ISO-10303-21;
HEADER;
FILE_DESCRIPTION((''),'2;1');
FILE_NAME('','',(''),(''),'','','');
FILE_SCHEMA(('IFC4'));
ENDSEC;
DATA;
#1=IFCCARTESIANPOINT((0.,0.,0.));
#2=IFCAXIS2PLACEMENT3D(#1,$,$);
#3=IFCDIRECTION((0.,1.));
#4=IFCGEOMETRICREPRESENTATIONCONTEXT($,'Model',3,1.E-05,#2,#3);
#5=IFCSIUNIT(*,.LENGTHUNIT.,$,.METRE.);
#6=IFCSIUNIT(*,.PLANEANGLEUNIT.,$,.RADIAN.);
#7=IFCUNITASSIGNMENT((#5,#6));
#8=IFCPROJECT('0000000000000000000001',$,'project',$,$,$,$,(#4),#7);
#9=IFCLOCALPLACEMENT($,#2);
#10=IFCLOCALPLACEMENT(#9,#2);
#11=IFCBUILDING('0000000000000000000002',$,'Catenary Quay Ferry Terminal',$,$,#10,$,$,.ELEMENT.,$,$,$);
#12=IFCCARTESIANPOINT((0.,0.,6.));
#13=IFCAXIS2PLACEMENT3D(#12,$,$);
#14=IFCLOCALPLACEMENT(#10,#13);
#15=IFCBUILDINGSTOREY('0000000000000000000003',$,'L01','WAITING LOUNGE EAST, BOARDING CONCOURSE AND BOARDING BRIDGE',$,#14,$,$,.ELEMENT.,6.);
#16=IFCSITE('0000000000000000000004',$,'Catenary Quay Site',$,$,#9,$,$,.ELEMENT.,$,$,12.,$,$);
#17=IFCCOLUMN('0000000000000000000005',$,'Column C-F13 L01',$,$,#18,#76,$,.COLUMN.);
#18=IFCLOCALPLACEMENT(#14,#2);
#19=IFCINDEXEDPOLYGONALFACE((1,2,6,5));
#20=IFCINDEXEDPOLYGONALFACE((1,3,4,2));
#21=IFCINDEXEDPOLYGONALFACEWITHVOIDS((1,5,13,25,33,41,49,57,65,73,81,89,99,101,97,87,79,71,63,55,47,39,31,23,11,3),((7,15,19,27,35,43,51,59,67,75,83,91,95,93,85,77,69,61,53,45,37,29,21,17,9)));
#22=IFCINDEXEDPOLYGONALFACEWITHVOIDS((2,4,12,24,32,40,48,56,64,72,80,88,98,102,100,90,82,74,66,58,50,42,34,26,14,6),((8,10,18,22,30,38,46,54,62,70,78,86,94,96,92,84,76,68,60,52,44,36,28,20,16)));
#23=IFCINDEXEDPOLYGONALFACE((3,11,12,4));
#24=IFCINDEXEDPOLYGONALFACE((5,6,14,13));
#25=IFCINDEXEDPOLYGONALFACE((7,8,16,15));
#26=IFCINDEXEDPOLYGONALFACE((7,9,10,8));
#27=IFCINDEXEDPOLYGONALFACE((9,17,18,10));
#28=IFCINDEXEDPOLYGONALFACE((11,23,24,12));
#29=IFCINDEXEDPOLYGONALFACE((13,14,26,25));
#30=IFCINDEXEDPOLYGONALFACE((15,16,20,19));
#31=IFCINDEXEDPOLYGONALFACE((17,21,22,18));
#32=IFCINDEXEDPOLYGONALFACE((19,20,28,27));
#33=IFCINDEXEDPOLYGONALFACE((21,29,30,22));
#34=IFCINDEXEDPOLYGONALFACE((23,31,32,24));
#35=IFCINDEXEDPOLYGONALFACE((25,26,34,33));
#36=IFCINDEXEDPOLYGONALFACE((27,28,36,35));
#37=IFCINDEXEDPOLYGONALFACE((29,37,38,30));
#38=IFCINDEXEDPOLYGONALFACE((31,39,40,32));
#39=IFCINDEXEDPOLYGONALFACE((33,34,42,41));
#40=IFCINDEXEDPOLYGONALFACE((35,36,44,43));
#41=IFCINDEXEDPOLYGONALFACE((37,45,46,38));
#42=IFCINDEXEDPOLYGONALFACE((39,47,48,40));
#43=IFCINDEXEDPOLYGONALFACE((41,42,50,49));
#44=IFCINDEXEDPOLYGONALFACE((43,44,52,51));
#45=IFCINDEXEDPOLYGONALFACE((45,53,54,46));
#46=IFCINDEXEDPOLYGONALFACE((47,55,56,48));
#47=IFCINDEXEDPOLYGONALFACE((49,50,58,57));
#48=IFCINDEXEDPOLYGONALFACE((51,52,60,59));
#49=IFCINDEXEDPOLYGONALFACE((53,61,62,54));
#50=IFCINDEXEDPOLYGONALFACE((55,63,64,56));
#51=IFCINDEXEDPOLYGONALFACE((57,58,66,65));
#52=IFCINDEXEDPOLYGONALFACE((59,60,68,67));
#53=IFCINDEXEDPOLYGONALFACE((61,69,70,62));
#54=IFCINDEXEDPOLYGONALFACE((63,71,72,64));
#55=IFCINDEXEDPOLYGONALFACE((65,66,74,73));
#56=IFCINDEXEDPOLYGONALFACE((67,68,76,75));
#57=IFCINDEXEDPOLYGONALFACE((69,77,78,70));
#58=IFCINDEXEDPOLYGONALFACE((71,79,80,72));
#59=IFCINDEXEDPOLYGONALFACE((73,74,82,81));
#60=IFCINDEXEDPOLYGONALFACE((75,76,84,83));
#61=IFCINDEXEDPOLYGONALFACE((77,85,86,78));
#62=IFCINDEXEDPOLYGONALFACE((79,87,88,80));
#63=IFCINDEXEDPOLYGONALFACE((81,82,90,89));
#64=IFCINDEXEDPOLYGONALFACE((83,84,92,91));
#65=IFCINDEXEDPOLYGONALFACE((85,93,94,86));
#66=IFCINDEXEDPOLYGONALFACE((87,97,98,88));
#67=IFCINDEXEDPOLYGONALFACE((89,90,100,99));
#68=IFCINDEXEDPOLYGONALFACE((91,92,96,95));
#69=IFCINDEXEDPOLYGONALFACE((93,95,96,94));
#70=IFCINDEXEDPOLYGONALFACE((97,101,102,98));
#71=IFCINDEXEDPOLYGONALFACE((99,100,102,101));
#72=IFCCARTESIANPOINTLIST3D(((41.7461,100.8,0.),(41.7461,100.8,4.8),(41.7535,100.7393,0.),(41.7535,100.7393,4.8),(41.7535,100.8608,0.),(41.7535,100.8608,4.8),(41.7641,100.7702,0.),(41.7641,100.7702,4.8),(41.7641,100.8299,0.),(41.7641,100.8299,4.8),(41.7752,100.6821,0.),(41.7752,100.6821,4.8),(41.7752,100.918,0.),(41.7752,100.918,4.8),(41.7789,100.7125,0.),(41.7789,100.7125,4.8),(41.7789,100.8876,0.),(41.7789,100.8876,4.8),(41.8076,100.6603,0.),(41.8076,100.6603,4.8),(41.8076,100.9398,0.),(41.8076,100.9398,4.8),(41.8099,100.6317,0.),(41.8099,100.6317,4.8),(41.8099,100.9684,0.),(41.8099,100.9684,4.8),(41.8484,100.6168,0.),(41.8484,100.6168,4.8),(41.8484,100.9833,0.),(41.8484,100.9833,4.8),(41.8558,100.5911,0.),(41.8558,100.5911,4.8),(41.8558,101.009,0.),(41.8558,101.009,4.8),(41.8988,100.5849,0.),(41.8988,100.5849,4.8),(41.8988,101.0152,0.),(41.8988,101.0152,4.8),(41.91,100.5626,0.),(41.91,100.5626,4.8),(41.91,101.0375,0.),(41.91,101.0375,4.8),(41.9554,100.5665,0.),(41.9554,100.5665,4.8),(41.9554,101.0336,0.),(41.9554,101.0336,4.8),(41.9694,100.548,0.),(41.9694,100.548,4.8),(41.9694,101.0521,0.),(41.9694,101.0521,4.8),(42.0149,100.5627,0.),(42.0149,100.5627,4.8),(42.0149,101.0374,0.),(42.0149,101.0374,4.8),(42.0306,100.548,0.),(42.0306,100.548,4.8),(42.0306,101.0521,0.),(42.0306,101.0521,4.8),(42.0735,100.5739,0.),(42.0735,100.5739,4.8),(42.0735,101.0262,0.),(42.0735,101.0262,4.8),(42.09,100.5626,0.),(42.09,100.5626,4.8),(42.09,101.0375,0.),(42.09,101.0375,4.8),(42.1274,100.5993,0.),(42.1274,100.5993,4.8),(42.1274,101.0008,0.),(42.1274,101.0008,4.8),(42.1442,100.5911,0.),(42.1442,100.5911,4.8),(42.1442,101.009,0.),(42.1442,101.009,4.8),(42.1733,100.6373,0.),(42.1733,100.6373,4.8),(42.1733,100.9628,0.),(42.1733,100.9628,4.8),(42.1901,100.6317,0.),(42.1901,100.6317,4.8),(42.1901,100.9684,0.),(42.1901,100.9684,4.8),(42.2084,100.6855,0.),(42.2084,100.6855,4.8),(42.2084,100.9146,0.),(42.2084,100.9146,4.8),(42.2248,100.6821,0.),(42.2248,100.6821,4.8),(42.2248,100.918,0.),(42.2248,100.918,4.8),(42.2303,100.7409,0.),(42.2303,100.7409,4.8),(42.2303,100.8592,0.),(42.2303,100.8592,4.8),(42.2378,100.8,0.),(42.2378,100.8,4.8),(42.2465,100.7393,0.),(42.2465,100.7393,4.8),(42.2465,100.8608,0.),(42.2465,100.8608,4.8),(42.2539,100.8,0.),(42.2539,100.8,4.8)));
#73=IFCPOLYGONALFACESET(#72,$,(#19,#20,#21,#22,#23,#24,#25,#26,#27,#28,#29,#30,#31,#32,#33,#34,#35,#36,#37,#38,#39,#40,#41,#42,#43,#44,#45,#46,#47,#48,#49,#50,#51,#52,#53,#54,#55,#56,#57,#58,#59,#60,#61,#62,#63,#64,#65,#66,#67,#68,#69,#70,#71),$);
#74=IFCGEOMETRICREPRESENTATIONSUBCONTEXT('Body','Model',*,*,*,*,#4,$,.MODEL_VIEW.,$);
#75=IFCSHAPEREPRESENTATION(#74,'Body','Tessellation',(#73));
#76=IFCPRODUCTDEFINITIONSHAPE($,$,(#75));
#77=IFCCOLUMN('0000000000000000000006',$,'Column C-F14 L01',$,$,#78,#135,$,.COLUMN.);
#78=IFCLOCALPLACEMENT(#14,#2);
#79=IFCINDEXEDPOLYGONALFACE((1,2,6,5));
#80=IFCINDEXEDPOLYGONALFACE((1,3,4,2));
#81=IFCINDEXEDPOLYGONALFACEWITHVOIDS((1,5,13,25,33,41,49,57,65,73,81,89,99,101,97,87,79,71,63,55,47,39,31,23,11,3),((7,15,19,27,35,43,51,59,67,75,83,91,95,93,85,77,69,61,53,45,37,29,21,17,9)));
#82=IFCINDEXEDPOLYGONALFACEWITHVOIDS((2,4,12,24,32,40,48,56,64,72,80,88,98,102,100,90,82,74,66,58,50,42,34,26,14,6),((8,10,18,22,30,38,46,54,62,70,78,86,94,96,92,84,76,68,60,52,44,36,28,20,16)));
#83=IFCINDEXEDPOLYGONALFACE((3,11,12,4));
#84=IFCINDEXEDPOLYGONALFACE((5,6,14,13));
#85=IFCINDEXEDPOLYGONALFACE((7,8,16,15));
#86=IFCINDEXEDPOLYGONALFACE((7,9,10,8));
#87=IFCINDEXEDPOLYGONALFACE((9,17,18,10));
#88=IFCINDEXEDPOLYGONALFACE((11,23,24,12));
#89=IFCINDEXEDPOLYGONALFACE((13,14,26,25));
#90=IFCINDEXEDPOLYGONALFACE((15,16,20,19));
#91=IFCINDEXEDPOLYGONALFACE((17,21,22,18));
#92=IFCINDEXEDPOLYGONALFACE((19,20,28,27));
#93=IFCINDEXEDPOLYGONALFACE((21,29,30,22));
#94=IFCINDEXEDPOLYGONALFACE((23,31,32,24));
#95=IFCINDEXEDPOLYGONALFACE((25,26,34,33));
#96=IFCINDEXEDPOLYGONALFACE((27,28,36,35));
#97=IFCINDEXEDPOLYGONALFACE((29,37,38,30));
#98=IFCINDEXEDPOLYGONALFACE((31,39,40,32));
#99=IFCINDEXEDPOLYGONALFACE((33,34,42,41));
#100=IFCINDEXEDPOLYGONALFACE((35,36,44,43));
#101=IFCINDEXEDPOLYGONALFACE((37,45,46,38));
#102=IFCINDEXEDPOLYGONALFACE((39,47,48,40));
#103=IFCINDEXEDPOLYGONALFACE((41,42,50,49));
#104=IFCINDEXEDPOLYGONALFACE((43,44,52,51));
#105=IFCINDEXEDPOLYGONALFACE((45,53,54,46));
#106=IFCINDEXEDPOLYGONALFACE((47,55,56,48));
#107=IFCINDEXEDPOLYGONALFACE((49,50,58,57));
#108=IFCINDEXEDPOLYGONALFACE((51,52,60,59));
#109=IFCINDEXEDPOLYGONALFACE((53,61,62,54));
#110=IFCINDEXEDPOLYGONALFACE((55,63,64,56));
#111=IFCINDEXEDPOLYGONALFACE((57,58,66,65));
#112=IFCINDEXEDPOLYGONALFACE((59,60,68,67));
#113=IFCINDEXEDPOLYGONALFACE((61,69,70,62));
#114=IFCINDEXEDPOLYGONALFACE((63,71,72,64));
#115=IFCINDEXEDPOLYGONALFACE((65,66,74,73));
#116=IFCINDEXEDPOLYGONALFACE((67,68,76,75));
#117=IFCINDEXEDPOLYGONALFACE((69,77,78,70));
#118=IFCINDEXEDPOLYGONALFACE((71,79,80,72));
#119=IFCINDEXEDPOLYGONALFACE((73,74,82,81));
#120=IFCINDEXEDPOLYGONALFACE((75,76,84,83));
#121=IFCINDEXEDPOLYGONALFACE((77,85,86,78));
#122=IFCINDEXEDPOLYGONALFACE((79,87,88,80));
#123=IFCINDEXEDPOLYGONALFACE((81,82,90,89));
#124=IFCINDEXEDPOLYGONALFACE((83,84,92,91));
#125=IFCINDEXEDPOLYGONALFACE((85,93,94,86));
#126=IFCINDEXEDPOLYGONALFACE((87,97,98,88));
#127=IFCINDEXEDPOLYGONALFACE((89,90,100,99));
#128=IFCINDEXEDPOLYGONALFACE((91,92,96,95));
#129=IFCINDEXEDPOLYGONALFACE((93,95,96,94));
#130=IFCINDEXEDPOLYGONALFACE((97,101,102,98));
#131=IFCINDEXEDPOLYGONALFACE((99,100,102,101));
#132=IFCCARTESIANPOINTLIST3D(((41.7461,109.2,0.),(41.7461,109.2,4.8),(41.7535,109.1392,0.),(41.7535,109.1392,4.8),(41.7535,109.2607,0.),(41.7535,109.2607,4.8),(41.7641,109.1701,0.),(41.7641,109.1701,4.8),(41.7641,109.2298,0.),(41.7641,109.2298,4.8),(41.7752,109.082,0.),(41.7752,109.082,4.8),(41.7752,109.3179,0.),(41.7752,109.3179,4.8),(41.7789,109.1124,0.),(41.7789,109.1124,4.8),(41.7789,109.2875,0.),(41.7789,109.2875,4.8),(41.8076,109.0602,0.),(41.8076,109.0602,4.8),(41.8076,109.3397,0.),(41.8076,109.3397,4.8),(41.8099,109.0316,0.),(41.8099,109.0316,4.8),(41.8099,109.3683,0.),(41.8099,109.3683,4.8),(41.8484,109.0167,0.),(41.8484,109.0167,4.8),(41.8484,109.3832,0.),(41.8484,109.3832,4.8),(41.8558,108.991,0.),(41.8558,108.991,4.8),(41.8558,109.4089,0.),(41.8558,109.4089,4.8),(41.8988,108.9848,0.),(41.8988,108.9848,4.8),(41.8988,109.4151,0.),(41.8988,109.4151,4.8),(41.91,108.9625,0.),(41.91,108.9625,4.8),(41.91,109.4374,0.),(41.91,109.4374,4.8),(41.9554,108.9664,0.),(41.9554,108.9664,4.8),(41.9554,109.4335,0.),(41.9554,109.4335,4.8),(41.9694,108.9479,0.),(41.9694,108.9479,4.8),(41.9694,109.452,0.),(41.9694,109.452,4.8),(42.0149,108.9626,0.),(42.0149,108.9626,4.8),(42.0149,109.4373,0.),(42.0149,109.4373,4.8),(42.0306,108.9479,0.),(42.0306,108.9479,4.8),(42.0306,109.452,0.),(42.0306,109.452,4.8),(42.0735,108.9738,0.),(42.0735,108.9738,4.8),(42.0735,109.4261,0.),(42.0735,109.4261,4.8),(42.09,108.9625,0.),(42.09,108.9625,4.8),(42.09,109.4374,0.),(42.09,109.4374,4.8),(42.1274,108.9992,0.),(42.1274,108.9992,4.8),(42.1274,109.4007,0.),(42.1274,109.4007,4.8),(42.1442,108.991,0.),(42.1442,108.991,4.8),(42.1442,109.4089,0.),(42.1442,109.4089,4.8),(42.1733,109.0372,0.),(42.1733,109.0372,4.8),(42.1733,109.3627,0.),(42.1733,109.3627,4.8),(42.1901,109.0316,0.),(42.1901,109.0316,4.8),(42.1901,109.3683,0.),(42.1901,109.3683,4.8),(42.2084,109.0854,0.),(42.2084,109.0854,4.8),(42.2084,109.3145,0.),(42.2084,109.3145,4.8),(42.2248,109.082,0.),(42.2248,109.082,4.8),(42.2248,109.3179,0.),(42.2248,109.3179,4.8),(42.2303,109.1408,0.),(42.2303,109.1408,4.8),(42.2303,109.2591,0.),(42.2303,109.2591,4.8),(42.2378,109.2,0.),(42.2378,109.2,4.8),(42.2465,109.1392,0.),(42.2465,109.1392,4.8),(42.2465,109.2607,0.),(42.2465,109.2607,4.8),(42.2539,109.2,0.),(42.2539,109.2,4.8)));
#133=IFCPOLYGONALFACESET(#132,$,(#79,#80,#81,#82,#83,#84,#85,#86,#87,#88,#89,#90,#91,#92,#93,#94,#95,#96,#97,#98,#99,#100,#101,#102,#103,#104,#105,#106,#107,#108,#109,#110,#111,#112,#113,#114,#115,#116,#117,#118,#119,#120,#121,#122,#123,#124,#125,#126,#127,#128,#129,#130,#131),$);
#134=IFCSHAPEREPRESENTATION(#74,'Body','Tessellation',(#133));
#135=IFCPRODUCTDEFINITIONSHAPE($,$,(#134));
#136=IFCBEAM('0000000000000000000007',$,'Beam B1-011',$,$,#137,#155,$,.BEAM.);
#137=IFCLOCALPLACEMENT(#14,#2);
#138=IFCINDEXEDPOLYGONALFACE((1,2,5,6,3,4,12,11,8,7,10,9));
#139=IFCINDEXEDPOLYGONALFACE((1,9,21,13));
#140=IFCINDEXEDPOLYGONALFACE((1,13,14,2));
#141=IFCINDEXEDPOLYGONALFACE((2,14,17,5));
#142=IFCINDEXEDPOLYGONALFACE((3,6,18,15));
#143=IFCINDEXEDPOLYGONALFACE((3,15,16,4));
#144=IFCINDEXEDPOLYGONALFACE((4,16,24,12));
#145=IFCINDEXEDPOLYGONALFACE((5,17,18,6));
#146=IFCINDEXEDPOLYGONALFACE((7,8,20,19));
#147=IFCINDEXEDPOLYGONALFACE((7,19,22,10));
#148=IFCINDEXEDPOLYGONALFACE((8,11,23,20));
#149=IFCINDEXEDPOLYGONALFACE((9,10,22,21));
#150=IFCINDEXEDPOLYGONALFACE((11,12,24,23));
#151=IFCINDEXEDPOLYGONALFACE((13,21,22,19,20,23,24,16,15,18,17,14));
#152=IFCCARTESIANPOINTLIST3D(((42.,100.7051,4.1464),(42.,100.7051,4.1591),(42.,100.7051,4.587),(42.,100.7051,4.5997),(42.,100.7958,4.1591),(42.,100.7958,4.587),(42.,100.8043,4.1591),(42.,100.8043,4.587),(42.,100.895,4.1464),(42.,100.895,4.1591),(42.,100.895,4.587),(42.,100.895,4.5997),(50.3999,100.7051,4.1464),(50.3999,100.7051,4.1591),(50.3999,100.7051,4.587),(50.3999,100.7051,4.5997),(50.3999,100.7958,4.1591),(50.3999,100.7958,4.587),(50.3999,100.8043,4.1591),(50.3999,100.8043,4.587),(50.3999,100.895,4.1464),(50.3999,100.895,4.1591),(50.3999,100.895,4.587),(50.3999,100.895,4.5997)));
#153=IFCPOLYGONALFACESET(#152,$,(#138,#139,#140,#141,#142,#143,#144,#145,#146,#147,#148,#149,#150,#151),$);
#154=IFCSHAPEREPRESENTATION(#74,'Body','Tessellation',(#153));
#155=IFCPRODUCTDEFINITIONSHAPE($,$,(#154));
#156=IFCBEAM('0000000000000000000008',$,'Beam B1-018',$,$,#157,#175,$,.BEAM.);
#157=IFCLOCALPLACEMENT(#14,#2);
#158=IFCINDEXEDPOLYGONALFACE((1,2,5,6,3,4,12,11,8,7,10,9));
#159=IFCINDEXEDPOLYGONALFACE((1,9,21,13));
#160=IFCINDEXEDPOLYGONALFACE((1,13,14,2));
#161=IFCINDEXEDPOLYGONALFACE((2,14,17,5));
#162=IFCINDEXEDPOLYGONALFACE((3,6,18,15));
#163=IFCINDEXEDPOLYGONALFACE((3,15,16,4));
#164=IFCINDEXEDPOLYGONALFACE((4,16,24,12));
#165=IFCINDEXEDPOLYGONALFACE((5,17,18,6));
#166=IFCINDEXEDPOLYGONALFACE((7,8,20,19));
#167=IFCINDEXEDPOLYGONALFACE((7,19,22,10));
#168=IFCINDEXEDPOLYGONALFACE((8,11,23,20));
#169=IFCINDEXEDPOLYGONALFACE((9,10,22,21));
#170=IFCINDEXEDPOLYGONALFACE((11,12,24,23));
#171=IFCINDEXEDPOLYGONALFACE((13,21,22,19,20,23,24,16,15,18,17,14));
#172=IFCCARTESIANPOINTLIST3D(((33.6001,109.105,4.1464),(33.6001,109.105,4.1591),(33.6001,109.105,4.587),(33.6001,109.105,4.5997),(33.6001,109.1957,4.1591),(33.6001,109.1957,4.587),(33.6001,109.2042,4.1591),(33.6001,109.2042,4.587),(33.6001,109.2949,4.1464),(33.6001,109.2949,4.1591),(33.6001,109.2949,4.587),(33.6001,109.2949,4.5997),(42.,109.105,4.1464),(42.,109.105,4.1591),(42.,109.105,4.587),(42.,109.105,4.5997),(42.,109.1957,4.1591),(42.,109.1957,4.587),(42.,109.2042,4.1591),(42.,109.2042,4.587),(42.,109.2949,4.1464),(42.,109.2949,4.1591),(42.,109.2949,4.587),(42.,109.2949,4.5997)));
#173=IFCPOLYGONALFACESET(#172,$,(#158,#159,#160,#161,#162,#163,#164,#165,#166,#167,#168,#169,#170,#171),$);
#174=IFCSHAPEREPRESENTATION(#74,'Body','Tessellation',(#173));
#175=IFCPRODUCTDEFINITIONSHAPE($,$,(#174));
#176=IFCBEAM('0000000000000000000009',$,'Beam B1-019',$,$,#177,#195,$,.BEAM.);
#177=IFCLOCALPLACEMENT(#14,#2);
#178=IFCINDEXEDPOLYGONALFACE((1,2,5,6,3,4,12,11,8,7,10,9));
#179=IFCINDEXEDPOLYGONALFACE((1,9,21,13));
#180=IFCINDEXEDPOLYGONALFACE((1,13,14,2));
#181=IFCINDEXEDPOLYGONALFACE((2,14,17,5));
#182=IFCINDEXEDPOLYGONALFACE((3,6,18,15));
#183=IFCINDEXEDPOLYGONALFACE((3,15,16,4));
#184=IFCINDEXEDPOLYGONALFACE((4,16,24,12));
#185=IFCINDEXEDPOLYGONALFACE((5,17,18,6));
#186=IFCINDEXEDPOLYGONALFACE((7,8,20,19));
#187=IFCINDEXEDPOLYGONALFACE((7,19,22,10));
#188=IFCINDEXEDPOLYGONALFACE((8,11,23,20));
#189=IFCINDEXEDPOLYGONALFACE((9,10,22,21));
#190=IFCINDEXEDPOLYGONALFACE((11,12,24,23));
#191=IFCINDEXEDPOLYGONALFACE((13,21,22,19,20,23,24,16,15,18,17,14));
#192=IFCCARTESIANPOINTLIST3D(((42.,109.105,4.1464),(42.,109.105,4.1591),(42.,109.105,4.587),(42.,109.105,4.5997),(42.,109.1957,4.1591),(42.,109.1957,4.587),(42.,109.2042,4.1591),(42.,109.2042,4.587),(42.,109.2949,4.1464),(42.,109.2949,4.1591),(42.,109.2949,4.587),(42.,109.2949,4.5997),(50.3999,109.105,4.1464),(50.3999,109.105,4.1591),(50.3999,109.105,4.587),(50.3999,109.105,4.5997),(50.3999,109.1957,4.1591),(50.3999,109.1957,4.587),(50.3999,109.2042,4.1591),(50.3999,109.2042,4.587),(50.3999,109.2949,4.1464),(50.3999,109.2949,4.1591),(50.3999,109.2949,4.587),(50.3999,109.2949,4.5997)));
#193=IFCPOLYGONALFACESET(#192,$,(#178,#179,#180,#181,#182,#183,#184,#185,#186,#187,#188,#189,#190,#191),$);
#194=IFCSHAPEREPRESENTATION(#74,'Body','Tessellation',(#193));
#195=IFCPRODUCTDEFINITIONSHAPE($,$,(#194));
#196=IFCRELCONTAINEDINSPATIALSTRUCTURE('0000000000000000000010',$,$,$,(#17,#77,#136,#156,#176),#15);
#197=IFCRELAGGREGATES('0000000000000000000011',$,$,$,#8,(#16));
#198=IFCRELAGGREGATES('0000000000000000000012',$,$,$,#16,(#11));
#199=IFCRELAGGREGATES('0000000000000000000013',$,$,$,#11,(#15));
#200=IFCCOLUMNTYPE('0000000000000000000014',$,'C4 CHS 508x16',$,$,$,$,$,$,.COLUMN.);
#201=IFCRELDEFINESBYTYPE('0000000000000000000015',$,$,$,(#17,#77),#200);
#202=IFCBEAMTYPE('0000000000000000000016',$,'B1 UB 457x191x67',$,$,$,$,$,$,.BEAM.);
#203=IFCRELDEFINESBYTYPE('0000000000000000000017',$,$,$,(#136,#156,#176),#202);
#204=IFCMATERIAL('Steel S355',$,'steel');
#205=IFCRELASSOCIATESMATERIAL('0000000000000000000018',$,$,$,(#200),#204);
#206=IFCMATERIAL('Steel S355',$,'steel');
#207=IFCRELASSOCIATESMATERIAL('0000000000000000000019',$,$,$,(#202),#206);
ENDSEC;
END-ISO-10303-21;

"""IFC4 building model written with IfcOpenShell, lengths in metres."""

from ifc_helpers import new_model, si_unit, direction, frame, origin, origin_2d, place, context, subcontext, project, spatial, hollow_circle, i_section, extrude, material, material_profile, profile_set, type_object, element, save


model = new_model("IFC4")

# Units and contexts
model_context = context("Model", 3, precision=1e-05, world=origin(), true_north=direction((0.0, 1.0)))
body_context = subcontext(model_context, "Body", "Model", "MODEL_VIEW")
ifc_project = project(units=[si_unit("LENGTHUNIT", "METRE"), si_unit("PLANEANGLEUNIT", "RADIAN")], contexts=[model_context])

# Site, building, storey
site_placement = place(None, origin())
site = spatial("IfcSite", under=ifc_project, at=site_placement, Name="Catenary Quay Site", CompositionType="ELEMENT", RefElevation=12.0)
building_placement = place(site_placement, origin())
building = spatial("IfcBuilding", under=site, at=building_placement, Name="Catenary Quay Ferry Terminal", CompositionType="ELEMENT")
storey_placement = place(building_placement, frame((0.0, 0.0, 6.0)))
storey = spatial("IfcBuildingStorey", under=building, at=storey_placement, Name="L01", Description="WAITING LOUNGE EAST, BOARDING CONCOURSE AND BOARDING BRIDGE", CompositionType="ELEMENT", Elevation=6.0)

# Columns
ifc_material_1 = material(Name="Steel S355", Category="steel")
ifc_material_profile_1 = material_profile(ifc_material_1, hollow_circle(Radius=0.2539, WallThickness=0.0161, at=origin_2d()), Name="CHS 508x16")
ifc_profile_set_1 = profile_set([ifc_material_profile_1], Name="Steel S355")
column_type = type_object("IfcColumnType", Name="C4 CHS 508x16", PredefinedType="COLUMN", material=ifc_profile_set_1)
for number, where, z_axis, x_axis, name in (
    (1, (42.0, 100.8, 0.0), (0.0, 0.0, 1.0), (1.0, 0.0, 0.0), "Column C-F13 L01"),
    (2, (42.0, 109.2, 0.0), (0.0, 0.0, 1.0), (1.0, 0.0, 0.0), "Column C-F14 L01"),
):
    element("IfcColumn", number, at=place(storey_placement, frame(where, z_axis=z_axis, x_axis=x_axis)), inside=storey, type_object=column_type, Name=name, PredefinedType="COLUMN", context=body_context, shape_type="SweptSolid", body=[
        extrude(hollow_circle(Radius=0.2539, WallThickness=0.0161, at=origin_2d()), origin(), (0.0, 0.0, 1.0), 4.8),
    ])

# Beams
ifc_material_2 = material(Name="Steel S355", Category="steel")
ifc_material_profile_2 = material_profile(ifc_material_2, i_section(OverallWidth=0.1899, OverallDepth=0.4534, WebThickness=0.0085, FlangeThickness=0.0127, at=origin_2d()), Name="UB 457x191x67")
ifc_profile_set_2 = profile_set([ifc_material_profile_2], Name="Steel S355")
beam_type_1 = type_object("IfcBeamType", Name="B1 UB 457x191x67", PredefinedType="BEAM", material=ifc_profile_set_2)
for number, where, z_axis, x_axis, name in (
    (3, (42.0, 100.8, 4.373), (1.0, 0.0, 0.0), (0.0, 1.0, 0.0), "Beam B1-011"),
    (4, (33.6001, 109.2, 4.373), (1.0, 0.0, 0.0), (0.0, 1.0, 0.0), "Beam B1-018"),
    (5, (42.0, 109.2, 4.373), (1.0, 0.0, 0.0), (0.0, 1.0, 0.0), "Beam B1-019"),
):
    element("IfcBeam", number, at=place(storey_placement, frame(where, z_axis=z_axis, x_axis=x_axis)), inside=storey, type_object=beam_type_1, Name=name, PredefinedType="BEAM", context=body_context, shape_type="SweptSolid", body=[
        extrude(i_section(OverallWidth=0.1899, OverallDepth=0.4534, WebThickness=0.0085, FlangeThickness=0.0127, at=origin_2d()), origin(), (0.0, 0.0, 1.0), 8.3999),
    ])

save(model, "model.ifc")
